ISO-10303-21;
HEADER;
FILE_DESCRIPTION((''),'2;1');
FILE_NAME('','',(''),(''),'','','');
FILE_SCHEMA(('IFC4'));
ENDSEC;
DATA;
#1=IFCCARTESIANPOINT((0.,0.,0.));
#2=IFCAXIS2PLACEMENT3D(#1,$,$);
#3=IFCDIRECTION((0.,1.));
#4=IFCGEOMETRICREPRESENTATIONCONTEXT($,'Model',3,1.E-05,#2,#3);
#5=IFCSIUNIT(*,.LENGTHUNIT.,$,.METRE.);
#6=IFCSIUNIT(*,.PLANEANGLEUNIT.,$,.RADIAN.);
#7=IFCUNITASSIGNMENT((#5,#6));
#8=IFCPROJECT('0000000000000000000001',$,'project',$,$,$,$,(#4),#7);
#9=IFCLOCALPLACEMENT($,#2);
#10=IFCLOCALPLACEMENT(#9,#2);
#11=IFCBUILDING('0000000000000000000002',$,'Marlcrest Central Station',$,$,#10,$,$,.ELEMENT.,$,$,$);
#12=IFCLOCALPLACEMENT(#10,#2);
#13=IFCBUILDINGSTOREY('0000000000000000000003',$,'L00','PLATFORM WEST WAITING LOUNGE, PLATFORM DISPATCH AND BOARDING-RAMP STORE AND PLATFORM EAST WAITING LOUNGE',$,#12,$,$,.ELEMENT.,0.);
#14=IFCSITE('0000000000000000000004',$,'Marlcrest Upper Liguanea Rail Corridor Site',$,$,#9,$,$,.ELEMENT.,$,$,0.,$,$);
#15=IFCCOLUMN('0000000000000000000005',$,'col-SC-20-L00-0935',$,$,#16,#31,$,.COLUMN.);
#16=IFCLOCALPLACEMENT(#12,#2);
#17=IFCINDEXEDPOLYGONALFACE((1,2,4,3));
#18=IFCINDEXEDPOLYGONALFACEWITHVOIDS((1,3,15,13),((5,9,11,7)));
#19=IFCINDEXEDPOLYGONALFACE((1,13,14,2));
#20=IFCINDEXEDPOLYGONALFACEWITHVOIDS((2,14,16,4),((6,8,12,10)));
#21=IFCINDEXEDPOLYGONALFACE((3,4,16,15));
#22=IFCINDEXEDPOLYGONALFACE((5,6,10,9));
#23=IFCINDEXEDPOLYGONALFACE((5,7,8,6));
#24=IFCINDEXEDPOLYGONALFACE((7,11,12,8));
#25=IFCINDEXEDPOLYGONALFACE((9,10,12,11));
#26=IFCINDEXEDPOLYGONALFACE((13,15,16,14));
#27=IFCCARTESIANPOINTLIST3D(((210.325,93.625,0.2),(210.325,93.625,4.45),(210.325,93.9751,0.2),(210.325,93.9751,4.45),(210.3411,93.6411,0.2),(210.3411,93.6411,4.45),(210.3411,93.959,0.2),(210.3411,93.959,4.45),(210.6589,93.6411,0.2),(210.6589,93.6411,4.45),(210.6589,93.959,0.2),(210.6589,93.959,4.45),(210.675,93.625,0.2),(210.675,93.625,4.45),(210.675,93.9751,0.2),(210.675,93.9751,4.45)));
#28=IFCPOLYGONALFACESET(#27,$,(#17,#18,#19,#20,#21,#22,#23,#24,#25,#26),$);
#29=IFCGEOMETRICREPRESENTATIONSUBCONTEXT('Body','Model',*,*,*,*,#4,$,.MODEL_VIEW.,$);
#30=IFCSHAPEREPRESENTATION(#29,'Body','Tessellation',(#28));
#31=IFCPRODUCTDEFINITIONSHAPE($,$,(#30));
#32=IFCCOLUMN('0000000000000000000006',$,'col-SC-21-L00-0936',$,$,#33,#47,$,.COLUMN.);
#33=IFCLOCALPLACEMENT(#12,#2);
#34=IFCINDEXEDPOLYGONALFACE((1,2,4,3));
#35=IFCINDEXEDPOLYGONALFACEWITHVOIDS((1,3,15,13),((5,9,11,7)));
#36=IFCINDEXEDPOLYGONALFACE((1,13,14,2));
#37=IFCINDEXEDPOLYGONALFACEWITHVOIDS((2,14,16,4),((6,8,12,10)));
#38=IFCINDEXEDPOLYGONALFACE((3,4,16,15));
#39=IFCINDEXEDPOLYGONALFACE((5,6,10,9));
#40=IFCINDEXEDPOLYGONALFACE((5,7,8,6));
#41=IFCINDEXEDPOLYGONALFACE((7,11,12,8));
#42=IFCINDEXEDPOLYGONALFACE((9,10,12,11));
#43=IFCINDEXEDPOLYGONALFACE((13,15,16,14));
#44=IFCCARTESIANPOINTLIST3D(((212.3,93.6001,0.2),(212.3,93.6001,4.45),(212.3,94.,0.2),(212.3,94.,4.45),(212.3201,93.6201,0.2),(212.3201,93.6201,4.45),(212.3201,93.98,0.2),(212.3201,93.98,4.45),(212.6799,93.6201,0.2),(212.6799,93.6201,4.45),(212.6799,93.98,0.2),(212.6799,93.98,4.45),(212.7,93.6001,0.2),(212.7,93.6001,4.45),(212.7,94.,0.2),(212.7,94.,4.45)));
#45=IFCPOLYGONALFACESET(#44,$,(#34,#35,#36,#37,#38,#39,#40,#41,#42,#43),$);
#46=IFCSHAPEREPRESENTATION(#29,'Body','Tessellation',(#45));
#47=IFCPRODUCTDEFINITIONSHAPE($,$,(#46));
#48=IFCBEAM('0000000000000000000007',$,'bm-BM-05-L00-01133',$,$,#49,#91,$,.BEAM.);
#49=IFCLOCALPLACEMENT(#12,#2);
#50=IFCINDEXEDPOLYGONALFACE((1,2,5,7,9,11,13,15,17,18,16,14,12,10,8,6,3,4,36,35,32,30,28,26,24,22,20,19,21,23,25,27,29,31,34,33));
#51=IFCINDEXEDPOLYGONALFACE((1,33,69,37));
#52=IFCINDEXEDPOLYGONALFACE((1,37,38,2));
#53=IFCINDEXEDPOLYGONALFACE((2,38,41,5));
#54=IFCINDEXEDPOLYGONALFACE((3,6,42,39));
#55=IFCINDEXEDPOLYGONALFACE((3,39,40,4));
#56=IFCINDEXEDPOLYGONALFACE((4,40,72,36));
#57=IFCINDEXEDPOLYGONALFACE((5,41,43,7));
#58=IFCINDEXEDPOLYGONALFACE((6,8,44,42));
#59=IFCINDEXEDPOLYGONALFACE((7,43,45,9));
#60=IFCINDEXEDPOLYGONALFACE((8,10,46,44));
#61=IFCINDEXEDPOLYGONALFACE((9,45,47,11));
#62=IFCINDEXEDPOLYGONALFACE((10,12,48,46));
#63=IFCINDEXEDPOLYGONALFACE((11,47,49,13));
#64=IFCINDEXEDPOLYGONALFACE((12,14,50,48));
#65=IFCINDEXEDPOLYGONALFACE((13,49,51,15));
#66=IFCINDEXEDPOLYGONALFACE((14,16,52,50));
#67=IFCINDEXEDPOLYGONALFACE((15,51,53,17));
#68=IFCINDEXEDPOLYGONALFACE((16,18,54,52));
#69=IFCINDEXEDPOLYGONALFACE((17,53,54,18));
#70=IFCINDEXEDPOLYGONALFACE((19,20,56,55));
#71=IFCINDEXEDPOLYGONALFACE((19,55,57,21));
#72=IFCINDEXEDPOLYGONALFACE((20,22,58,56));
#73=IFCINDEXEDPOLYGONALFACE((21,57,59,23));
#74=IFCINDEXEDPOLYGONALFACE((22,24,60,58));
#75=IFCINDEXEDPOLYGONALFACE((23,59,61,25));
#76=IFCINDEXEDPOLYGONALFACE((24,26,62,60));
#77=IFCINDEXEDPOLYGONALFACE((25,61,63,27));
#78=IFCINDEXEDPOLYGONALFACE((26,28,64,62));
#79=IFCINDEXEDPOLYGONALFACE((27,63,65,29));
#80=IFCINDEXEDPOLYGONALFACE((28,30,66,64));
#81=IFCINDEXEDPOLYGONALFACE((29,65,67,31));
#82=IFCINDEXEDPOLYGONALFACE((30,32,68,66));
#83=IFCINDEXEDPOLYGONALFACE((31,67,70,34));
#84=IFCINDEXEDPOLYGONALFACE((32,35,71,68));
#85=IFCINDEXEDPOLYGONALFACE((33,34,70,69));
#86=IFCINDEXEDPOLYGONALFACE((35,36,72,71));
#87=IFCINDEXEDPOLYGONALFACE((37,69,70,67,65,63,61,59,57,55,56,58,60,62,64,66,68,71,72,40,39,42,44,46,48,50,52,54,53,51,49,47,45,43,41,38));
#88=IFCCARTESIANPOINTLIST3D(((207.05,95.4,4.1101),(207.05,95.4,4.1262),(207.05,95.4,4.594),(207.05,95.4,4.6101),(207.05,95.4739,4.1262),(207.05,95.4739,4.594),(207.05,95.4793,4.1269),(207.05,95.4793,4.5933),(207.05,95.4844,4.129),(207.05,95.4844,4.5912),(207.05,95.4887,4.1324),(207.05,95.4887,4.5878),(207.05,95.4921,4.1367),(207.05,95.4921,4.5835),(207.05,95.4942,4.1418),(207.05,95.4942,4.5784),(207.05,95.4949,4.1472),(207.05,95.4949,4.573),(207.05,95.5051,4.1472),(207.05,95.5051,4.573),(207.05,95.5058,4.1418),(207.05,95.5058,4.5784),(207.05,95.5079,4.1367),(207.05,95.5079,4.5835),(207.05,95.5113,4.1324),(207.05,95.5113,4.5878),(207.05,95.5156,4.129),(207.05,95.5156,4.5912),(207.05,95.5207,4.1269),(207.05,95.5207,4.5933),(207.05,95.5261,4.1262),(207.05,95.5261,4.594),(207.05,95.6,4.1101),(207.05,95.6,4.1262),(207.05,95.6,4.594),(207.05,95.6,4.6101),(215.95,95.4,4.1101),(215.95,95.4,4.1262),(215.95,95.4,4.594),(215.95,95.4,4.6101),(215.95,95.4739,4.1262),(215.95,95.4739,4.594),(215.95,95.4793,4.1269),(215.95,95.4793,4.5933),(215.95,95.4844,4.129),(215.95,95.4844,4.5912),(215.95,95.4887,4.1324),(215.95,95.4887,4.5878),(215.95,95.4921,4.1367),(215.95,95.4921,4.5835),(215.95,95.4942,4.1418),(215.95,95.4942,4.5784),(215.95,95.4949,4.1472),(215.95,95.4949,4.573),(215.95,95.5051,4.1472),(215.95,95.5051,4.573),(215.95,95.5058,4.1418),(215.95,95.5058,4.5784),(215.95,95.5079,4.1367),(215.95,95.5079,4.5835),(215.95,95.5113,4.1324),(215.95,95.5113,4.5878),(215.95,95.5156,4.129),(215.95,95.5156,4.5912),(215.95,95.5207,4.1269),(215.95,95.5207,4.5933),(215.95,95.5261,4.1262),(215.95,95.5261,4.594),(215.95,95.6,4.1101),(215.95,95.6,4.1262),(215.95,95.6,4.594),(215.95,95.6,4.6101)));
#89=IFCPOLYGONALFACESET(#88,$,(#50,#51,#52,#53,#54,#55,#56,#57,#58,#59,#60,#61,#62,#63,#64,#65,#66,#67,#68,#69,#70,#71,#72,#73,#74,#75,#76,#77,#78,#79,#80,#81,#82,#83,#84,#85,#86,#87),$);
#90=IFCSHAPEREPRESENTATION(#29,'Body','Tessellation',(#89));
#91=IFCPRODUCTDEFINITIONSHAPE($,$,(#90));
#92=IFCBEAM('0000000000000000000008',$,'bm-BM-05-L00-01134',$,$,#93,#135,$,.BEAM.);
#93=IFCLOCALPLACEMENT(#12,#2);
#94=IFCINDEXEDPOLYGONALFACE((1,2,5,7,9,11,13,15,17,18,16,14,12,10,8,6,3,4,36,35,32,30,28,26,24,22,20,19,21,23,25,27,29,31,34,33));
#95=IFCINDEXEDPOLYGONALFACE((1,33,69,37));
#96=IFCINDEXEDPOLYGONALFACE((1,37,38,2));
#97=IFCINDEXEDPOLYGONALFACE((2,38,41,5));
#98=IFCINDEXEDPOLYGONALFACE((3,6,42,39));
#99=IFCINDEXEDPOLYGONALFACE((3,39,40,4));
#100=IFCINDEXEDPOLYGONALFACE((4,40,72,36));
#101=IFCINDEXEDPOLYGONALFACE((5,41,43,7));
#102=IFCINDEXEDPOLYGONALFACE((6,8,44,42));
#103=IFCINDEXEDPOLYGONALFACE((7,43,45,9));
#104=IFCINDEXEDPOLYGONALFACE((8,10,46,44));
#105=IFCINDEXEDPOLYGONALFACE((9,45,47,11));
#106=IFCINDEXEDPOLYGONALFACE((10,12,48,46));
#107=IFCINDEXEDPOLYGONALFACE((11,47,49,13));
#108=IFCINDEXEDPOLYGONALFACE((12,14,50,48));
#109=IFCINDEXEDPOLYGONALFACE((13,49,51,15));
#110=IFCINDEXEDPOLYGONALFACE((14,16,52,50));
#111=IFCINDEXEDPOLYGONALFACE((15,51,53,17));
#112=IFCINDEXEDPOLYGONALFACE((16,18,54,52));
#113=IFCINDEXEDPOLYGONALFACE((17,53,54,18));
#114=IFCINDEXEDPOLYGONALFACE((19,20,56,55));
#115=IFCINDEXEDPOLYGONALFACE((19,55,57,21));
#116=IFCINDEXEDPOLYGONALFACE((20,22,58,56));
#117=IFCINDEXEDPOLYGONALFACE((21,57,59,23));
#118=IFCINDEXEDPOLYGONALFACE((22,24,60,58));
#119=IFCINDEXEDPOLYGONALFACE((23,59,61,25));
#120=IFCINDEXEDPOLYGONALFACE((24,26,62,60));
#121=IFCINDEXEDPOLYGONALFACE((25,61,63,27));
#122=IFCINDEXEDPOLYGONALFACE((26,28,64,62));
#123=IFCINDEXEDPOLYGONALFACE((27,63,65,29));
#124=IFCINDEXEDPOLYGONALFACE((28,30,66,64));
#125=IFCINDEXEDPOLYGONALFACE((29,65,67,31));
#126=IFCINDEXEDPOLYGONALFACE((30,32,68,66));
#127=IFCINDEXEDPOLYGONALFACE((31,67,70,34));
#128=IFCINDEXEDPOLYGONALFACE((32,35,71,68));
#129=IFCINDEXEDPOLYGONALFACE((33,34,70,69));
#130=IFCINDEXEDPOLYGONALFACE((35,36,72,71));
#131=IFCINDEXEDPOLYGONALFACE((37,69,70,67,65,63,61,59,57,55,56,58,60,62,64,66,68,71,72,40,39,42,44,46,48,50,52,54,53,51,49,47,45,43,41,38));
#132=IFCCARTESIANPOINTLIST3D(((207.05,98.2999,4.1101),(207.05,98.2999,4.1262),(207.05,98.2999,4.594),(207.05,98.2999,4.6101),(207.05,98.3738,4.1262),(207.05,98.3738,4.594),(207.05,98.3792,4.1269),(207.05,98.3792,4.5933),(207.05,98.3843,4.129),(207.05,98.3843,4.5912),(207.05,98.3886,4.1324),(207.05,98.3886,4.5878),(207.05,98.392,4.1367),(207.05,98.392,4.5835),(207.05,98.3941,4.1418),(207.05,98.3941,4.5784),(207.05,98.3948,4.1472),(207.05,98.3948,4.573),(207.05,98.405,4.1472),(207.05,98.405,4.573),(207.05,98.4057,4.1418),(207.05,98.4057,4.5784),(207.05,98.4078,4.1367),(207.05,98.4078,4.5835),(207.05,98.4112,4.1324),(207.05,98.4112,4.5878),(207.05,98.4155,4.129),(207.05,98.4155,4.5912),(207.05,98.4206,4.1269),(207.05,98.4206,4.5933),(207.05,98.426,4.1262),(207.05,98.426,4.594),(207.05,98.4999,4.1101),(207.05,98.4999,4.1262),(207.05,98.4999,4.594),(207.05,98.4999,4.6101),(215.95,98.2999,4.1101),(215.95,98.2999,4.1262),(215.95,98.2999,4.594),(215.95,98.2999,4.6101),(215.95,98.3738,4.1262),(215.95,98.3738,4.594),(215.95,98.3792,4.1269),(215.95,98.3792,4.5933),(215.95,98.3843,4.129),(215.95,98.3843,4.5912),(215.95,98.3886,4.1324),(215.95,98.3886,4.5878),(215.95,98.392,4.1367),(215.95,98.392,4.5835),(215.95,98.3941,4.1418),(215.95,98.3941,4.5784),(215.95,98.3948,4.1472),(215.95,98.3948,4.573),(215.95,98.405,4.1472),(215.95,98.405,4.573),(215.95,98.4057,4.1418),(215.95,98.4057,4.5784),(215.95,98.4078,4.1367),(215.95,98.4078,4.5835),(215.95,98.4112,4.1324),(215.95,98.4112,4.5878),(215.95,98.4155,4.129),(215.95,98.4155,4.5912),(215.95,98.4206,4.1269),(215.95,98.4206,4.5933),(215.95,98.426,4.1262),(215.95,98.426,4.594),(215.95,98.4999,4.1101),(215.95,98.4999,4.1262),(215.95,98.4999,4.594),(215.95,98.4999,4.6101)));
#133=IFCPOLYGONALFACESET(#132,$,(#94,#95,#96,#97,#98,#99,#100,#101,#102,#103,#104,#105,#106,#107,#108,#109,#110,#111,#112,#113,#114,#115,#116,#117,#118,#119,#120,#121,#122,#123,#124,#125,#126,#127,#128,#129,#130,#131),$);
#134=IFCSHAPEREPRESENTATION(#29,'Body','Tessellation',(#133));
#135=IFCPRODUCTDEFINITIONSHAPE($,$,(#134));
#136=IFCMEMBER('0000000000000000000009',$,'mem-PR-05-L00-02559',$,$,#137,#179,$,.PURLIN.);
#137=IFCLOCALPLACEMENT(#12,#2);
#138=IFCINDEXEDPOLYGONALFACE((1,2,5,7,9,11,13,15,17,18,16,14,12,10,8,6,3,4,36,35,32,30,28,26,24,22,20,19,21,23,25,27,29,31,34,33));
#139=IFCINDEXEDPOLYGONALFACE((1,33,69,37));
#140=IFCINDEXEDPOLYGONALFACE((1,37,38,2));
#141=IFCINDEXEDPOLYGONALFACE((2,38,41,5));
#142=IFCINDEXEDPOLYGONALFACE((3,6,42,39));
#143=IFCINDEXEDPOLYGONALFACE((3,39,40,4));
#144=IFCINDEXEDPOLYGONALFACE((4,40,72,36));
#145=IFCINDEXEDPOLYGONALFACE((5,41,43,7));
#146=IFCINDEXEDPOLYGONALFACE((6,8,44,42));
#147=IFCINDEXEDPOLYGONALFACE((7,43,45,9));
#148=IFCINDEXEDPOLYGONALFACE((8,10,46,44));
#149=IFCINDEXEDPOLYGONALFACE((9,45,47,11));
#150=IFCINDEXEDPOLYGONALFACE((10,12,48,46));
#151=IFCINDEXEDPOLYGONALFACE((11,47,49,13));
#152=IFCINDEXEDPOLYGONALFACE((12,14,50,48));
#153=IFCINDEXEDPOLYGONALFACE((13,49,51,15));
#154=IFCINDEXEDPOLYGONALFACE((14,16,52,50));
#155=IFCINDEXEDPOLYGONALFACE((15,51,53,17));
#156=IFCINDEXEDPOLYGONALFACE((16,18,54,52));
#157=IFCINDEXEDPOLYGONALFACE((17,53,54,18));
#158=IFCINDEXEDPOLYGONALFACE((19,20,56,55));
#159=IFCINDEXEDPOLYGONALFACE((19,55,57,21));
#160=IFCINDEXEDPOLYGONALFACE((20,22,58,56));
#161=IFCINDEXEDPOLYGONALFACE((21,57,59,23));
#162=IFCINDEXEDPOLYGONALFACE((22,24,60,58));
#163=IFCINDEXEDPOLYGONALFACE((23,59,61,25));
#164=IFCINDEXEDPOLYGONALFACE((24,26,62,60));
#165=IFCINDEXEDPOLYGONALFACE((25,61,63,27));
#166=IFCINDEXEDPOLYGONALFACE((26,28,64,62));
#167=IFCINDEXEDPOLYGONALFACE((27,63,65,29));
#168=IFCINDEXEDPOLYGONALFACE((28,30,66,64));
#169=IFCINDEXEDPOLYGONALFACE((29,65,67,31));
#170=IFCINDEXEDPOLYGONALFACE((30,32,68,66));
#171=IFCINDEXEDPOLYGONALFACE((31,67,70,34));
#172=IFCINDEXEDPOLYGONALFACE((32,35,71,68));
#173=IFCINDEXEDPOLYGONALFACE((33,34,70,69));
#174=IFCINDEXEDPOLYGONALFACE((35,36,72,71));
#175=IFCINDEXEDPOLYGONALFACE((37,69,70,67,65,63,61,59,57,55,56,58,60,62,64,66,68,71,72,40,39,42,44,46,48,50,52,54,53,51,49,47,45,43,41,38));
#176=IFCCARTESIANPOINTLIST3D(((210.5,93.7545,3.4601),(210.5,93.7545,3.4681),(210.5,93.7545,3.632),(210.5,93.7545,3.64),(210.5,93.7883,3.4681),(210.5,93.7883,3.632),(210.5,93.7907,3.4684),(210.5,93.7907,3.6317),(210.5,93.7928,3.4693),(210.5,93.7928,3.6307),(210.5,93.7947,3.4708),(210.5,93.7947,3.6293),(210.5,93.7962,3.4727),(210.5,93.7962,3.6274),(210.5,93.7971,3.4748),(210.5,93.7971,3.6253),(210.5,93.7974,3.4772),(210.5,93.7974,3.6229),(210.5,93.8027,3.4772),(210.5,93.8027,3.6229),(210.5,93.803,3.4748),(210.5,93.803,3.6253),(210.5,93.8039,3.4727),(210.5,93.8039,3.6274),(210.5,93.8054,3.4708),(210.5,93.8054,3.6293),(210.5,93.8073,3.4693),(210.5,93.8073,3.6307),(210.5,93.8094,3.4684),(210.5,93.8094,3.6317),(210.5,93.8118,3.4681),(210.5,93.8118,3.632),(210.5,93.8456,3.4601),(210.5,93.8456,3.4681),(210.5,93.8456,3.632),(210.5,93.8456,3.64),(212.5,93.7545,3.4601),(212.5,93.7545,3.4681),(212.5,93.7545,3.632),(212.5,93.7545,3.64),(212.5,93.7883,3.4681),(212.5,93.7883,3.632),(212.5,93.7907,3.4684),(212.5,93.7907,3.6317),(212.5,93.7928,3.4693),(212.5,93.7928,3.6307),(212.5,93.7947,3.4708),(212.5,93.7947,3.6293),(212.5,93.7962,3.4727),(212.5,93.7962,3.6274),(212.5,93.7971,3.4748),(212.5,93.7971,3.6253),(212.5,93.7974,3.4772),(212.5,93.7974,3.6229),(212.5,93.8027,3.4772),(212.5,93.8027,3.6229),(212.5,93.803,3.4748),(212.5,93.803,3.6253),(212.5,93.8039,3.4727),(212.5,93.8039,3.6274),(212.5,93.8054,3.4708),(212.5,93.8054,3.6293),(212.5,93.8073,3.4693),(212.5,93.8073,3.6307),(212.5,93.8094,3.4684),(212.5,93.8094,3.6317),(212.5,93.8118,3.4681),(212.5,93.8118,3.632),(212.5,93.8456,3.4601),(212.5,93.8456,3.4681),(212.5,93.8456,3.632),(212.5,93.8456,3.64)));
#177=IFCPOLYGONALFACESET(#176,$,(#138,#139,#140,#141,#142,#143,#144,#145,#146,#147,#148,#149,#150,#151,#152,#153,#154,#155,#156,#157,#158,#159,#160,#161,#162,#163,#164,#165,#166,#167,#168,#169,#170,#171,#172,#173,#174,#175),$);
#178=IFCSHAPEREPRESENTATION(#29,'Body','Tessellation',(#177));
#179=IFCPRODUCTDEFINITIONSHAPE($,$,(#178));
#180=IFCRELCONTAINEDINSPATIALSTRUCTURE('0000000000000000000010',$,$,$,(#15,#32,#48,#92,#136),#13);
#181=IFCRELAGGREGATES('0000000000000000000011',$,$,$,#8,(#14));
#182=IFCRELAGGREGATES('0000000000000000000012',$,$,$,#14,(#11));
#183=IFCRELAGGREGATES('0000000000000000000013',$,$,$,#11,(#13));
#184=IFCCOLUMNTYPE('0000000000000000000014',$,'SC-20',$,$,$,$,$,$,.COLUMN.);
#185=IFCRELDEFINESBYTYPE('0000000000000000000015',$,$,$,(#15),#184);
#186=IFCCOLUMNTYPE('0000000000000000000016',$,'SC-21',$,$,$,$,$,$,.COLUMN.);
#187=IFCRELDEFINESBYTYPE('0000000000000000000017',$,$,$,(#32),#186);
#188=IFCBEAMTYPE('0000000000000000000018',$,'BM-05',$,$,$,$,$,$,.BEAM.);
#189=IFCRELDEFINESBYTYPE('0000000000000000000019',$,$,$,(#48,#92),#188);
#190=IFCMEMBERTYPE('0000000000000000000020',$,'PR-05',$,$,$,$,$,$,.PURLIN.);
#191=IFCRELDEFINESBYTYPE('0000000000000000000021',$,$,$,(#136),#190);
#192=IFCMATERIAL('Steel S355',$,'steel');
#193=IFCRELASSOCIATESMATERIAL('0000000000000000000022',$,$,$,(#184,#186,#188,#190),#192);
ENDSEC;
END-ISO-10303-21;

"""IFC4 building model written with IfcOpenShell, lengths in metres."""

from ifc_helpers import new_model, si_unit, direction, frame, origin, origin_2d, place, context, subcontext, project, spatial, hollow_rectangle, i_section, extrude, material, material_profile, profile_set, type_object, element, save


model = new_model("IFC4")

# Units and contexts
model_context = context("Model", 3, precision=1e-05, world=origin(), true_north=direction((0.0, 1.0)))
body_context = subcontext(model_context, "Body", "Model", "MODEL_VIEW")
ifc_project = project(units=[si_unit("LENGTHUNIT", "METRE"), si_unit("PLANEANGLEUNIT", "RADIAN")], contexts=[model_context])

# Site, building, storey
site_placement = place(None, origin())
site = spatial("IfcSite", under=ifc_project, at=site_placement, Name="Marlcrest Upper Liguanea Rail Corridor Site", CompositionType="ELEMENT", RefElevation=0.0)
building_placement = place(site_placement, origin())
building = spatial("IfcBuilding", under=site, at=building_placement, Name="Marlcrest Central Station", CompositionType="ELEMENT")
storey_placement = place(building_placement, origin())
storey = spatial("IfcBuildingStorey", under=building, at=storey_placement, Name="L00", Description="PLATFORM WEST WAITING LOUNGE, PLATFORM DISPATCH AND BOARDING-RAMP STORE AND PLATFORM EAST WAITING LOUNGE", CompositionType="ELEMENT", Elevation=0.0)

# Columns
ifc_material_1 = material(Name="Steel S355", Category="steel")
ifc_material_profile_1 = material_profile(ifc_material_1, hollow_rectangle(XDim=0.3501, YDim=0.3501, WallThickness=0.0161, at=origin_2d()), Name="SHS 350x350x16")
ifc_profile_set_1 = profile_set([ifc_material_profile_1], Name="Steel S355")
column_type_1 = type_object("IfcColumnType", Name="SC-20", PredefinedType="COLUMN", material=ifc_profile_set_1)
column_1_placement = place(storey_placement, frame((210.5, 93.8, 0.2), z_axis=(0.0, 0.0, 1.0), x_axis=(1.0, 0.0, 0.0)))
element("IfcColumn", 1, at=column_1_placement, inside=storey, type_object=column_type_1, Name="col-SC-20-L00-0935", PredefinedType="COLUMN", context=body_context, shape_type="SweptSolid", body=[
    extrude(hollow_rectangle(XDim=0.3501, YDim=0.3501, WallThickness=0.0161, at=origin_2d()), origin(), (0.0, 0.0, 1.0), 4.25),
])
ifc_material_profile_2 = material_profile(ifc_material_1, hollow_rectangle(XDim=0.3999, YDim=0.3999, WallThickness=0.02, at=origin_2d()), Name="SHS 400x400x20")
ifc_profile_set_2 = profile_set([ifc_material_profile_2], Name="Steel S355")
column_type_2 = type_object("IfcColumnType", Name="SC-21", PredefinedType="COLUMN", material=ifc_profile_set_2)
column_2_placement = place(storey_placement, frame((212.5, 93.8, 0.2), z_axis=(0.0, 0.0, 1.0), x_axis=(1.0, 0.0, 0.0)))
element("IfcColumn", 2, at=column_2_placement, inside=storey, type_object=column_type_2, Name="col-SC-21-L00-0936", PredefinedType="COLUMN", context=body_context, shape_type="SweptSolid", body=[
    extrude(hollow_rectangle(XDim=0.3999, YDim=0.3999, WallThickness=0.02, at=origin_2d()), origin(), (0.0, 0.0, 1.0), 4.25),
])

# Beams
ifc_material_profile_3 = material_profile(ifc_material_1, i_section(OverallWidth=0.2, OverallDepth=0.5, WebThickness=0.0103, FlangeThickness=0.0161, FilletRadius=0.021, at=origin_2d()), Name="IPE 500")
ifc_profile_set_3 = profile_set([ifc_material_profile_3], Name="Steel S355")
beam_type_1 = type_object("IfcBeamType", Name="BM-05", PredefinedType="BEAM", material=ifc_profile_set_3)
for number, where, z_axis, x_axis, name in (
    (3, (207.05, 95.5, 4.3601), (1.0, 0.0, 0.0), (0.0, 1.0, 0.0), "bm-BM-05-L00-01133"),
    (4, (207.05, 98.3999, 4.3601), (1.0, 0.0, 0.0), (0.0, 1.0, 0.0), "bm-BM-05-L00-01134"),
):
    element("IfcBeam", number, at=place(storey_placement, frame(where, z_axis=z_axis, x_axis=x_axis)), inside=storey, type_object=beam_type_1, Name=name, PredefinedType="BEAM", context=body_context, shape_type="SweptSolid", body=[
        extrude(i_section(OverallWidth=0.2, OverallDepth=0.5, WebThickness=0.0103, FlangeThickness=0.0161, FilletRadius=0.021, at=origin_2d()), origin(), (0.0, 0.0, 1.0), 8.8999),
    ])

# Member
ifc_material_profile_4 = material_profile(ifc_material_1, i_section(OverallWidth=0.0911, OverallDepth=0.1799, WebThickness=0.0054, FlangeThickness=0.0081, FilletRadius=0.009, at=origin_2d()), Name="IPE 180")
ifc_profile_set_4 = profile_set([ifc_material_profile_4], Name="Steel S355")
member_type = type_object("IfcMemberType", Name="PR-05", PredefinedType="PURLIN", material=ifc_profile_set_4)
member_placement = place(storey_placement, frame((210.5, 93.8, 3.55), z_axis=(1.0, 0.0, 0.0), x_axis=(0.0, 1.0, 0.0)))
element("IfcMember", 5, at=member_placement, inside=storey, type_object=member_type, Name="mem-PR-05-L00-02559", PredefinedType="PURLIN", context=body_context, shape_type="SweptSolid", body=[
    extrude(i_section(OverallWidth=0.0911, OverallDepth=0.1799, WebThickness=0.0054, FlangeThickness=0.0081, FilletRadius=0.009, at=origin_2d()), origin(), (0.0, 0.0, 1.0), 2.0),
])

save(model, "model.ifc")
